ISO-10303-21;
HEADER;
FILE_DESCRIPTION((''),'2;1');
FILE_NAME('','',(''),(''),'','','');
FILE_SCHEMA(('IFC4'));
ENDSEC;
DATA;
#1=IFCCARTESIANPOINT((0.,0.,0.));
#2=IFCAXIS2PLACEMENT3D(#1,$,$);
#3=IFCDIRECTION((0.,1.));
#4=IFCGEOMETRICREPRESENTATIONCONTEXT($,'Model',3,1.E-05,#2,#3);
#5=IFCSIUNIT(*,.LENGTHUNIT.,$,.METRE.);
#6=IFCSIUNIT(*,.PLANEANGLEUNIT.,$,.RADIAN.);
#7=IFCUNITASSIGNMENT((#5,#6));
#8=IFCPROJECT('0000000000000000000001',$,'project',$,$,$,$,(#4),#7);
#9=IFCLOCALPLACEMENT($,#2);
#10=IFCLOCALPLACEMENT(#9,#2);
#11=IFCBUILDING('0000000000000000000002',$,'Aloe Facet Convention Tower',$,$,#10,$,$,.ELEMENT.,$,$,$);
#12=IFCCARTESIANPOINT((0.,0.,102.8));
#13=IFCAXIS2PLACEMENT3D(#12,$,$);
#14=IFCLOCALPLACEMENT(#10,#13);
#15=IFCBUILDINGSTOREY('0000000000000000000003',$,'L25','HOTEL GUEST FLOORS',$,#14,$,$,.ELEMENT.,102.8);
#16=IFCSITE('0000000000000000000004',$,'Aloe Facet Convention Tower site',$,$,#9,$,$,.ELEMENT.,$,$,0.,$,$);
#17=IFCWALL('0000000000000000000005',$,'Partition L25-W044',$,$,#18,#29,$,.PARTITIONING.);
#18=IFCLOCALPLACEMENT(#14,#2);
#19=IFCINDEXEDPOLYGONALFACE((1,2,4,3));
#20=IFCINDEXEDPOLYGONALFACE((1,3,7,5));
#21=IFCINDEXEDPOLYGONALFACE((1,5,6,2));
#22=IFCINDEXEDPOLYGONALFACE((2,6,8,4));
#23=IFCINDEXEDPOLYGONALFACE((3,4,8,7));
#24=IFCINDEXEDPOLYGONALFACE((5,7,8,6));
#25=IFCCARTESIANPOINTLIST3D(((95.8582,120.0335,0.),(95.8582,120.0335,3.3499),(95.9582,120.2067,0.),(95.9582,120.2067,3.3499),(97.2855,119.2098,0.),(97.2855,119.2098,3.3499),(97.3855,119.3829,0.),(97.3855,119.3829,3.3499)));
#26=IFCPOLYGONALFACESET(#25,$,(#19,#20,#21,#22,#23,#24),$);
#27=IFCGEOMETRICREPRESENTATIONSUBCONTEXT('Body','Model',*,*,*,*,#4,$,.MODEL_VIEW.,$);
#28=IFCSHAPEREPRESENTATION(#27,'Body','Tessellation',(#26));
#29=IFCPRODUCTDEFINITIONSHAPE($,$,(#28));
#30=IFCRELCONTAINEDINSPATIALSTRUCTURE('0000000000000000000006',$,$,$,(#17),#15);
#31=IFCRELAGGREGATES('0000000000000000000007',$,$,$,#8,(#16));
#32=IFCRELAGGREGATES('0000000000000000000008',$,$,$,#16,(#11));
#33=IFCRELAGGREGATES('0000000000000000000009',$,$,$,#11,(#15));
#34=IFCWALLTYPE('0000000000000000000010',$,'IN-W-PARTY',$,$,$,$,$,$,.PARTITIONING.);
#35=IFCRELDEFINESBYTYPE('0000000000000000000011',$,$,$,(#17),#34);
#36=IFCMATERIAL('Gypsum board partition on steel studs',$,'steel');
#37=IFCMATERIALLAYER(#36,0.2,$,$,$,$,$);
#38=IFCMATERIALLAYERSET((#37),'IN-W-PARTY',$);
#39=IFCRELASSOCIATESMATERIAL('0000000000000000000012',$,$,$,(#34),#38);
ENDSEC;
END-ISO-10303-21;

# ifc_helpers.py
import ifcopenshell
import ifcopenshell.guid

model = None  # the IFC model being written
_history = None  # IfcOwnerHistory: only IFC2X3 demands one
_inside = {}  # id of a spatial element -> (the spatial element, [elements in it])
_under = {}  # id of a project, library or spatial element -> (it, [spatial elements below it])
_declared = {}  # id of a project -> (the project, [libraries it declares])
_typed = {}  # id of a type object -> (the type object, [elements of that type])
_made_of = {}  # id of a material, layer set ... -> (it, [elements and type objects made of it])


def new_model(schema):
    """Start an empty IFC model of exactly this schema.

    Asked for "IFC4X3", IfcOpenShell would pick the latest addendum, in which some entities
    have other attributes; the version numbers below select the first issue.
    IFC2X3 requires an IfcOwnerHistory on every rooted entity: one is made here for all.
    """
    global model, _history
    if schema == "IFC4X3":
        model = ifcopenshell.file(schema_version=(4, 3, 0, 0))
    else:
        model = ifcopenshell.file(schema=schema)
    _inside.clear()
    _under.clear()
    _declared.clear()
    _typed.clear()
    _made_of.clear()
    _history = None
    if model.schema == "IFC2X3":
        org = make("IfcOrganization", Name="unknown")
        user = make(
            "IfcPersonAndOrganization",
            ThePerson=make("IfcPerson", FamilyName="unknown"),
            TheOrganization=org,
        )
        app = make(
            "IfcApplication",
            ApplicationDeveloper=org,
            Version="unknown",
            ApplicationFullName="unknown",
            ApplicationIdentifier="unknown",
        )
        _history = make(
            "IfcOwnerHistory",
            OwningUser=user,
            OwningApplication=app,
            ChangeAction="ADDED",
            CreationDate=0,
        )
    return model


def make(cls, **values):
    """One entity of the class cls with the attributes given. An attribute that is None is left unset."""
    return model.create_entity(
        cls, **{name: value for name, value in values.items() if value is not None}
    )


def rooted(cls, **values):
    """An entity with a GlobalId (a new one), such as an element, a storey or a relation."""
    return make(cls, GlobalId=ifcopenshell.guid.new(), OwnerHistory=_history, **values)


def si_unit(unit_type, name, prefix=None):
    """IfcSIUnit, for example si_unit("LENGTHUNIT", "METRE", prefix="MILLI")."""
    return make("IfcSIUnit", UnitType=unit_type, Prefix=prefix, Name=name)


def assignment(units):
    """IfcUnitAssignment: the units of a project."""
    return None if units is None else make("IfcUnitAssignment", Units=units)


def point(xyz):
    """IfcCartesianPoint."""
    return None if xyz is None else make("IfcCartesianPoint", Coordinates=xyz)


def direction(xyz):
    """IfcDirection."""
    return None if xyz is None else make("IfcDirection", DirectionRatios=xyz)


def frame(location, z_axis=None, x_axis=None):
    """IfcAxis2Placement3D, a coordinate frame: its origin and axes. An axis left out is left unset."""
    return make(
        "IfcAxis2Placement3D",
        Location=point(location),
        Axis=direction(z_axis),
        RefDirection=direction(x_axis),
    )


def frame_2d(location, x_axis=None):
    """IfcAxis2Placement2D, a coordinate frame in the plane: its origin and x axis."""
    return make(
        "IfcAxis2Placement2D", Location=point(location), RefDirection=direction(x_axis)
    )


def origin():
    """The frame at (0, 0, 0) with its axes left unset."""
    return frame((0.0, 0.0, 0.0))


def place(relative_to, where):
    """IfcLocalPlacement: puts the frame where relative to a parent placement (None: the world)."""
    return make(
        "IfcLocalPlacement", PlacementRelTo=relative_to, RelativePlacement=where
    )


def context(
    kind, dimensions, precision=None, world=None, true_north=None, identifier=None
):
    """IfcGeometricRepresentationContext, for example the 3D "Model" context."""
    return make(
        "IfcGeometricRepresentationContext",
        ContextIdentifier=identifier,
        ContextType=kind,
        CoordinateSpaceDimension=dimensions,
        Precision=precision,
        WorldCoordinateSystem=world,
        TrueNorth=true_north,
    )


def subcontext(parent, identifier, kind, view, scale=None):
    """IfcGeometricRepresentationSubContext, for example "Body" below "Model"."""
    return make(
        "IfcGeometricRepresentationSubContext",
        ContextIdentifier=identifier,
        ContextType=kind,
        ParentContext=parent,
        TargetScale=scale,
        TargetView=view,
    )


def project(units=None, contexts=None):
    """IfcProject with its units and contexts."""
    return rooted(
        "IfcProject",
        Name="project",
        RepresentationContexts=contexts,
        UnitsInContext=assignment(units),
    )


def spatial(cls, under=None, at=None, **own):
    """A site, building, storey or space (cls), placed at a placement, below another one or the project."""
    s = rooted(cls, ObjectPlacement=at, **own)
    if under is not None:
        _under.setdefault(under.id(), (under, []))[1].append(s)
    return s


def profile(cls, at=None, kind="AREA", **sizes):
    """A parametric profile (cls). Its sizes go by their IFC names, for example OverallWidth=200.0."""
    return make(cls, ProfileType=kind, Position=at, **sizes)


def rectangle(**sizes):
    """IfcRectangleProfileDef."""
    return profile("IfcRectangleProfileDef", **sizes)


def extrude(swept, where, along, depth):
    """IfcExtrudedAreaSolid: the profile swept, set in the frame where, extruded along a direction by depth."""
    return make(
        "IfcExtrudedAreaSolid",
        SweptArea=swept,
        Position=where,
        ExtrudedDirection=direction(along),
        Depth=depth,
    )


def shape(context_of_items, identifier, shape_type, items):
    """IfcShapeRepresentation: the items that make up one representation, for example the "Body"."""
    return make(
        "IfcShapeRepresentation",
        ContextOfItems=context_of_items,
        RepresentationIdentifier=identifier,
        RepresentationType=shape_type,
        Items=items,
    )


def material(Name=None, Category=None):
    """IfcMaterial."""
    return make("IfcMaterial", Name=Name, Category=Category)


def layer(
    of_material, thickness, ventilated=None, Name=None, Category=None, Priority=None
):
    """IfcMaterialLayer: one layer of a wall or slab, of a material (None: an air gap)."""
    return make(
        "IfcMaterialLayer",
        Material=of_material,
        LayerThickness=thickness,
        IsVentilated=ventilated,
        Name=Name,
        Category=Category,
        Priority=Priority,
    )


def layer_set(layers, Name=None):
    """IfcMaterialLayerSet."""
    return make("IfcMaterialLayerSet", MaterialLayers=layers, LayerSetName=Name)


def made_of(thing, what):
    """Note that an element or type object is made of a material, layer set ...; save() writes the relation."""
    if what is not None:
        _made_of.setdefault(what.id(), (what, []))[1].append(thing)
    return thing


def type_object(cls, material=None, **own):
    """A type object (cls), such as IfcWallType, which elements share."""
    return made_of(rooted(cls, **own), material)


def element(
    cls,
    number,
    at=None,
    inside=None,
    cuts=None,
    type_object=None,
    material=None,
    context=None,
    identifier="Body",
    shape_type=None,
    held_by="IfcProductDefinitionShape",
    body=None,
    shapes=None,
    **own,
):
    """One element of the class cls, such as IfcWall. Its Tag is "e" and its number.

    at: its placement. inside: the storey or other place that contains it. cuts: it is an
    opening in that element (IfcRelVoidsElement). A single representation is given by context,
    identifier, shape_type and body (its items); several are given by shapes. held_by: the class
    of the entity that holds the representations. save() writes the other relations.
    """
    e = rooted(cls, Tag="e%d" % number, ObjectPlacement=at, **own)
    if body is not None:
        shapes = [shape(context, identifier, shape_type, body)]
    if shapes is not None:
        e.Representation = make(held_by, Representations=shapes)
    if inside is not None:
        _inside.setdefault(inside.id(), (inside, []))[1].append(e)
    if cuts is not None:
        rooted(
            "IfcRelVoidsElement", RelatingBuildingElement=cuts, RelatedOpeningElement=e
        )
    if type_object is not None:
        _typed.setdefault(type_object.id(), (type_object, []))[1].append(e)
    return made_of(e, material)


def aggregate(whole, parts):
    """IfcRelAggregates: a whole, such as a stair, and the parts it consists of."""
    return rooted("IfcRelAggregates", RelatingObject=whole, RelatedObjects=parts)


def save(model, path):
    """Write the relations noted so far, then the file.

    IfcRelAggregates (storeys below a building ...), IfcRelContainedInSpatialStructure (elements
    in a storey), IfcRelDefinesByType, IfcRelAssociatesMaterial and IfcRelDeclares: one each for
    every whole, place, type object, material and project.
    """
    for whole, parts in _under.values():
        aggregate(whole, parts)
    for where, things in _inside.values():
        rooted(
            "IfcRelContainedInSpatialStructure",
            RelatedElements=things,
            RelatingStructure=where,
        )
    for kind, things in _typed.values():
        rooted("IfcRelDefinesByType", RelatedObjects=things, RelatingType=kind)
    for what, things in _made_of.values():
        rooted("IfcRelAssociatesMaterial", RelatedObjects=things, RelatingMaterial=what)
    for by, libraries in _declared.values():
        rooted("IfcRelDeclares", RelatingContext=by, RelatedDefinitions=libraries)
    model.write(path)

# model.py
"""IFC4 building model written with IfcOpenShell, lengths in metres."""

from ifc_helpers import new_model, si_unit, direction, frame, frame_2d, origin, place, context, subcontext, project, spatial, rectangle, extrude, material, layer, layer_set, type_object, element, save


model = new_model("IFC4")

# Units and contexts
model_context = context("Model", 3, precision=1e-05, world=origin(), true_north=direction((0.0, 1.0)))
body_context = subcontext(model_context, "Body", "Model", "MODEL_VIEW")
ifc_project = project(units=[si_unit("LENGTHUNIT", "METRE"), si_unit("PLANEANGLEUNIT", "RADIAN")], contexts=[model_context])

# Site, building, storey
site_placement = place(None, origin())
site = spatial("IfcSite", under=ifc_project, at=site_placement, Name="Aloe Facet Convention Tower site", CompositionType="ELEMENT", RefElevation=0.0)
building_placement = place(site_placement, origin())
building = spatial("IfcBuilding", under=site, at=building_placement, Name="Aloe Facet Convention Tower", CompositionType="ELEMENT")
storey_placement = place(building_placement, frame((0.0, 0.0, 102.8)))
storey = spatial("IfcBuildingStorey", under=building, at=storey_placement, Name="L25", Description="HOTEL GUEST FLOORS", CompositionType="ELEMENT", Elevation=102.8)

# Wall
ifc_material_1 = material(Name="Gypsum board partition on steel studs", Category="steel")
ifc_layer_1 = layer(ifc_material_1, 0.2)
ifc_layer_set_1 = layer_set([ifc_layer_1], Name="IN-W-PARTY")
wall_type_1 = type_object("IfcWallType", Name="IN-W-PARTY", PredefinedType="PARTITIONING", material=ifc_layer_set_1)
wall_1_placement = place(storey_placement, frame((95.9082, 120.1201, 0.0), z_axis=(0.0, 0.0, 1.0), x_axis=(0.866102, -0.499868, 0.0)))
element("IfcWall", 1, at=wall_1_placement, inside=storey, type_object=wall_type_1, Name="Partition L25-W044", PredefinedType="PARTITIONING", context=body_context, shape_type="SweptSolid", body=[
    extrude(rectangle(XDim=1.6479, YDim=0.2, at=frame_2d((0.824, 0.0))), origin(), (0.0, 0.0, 1.0), 3.3499),
])

save(model, "model.ifc")
